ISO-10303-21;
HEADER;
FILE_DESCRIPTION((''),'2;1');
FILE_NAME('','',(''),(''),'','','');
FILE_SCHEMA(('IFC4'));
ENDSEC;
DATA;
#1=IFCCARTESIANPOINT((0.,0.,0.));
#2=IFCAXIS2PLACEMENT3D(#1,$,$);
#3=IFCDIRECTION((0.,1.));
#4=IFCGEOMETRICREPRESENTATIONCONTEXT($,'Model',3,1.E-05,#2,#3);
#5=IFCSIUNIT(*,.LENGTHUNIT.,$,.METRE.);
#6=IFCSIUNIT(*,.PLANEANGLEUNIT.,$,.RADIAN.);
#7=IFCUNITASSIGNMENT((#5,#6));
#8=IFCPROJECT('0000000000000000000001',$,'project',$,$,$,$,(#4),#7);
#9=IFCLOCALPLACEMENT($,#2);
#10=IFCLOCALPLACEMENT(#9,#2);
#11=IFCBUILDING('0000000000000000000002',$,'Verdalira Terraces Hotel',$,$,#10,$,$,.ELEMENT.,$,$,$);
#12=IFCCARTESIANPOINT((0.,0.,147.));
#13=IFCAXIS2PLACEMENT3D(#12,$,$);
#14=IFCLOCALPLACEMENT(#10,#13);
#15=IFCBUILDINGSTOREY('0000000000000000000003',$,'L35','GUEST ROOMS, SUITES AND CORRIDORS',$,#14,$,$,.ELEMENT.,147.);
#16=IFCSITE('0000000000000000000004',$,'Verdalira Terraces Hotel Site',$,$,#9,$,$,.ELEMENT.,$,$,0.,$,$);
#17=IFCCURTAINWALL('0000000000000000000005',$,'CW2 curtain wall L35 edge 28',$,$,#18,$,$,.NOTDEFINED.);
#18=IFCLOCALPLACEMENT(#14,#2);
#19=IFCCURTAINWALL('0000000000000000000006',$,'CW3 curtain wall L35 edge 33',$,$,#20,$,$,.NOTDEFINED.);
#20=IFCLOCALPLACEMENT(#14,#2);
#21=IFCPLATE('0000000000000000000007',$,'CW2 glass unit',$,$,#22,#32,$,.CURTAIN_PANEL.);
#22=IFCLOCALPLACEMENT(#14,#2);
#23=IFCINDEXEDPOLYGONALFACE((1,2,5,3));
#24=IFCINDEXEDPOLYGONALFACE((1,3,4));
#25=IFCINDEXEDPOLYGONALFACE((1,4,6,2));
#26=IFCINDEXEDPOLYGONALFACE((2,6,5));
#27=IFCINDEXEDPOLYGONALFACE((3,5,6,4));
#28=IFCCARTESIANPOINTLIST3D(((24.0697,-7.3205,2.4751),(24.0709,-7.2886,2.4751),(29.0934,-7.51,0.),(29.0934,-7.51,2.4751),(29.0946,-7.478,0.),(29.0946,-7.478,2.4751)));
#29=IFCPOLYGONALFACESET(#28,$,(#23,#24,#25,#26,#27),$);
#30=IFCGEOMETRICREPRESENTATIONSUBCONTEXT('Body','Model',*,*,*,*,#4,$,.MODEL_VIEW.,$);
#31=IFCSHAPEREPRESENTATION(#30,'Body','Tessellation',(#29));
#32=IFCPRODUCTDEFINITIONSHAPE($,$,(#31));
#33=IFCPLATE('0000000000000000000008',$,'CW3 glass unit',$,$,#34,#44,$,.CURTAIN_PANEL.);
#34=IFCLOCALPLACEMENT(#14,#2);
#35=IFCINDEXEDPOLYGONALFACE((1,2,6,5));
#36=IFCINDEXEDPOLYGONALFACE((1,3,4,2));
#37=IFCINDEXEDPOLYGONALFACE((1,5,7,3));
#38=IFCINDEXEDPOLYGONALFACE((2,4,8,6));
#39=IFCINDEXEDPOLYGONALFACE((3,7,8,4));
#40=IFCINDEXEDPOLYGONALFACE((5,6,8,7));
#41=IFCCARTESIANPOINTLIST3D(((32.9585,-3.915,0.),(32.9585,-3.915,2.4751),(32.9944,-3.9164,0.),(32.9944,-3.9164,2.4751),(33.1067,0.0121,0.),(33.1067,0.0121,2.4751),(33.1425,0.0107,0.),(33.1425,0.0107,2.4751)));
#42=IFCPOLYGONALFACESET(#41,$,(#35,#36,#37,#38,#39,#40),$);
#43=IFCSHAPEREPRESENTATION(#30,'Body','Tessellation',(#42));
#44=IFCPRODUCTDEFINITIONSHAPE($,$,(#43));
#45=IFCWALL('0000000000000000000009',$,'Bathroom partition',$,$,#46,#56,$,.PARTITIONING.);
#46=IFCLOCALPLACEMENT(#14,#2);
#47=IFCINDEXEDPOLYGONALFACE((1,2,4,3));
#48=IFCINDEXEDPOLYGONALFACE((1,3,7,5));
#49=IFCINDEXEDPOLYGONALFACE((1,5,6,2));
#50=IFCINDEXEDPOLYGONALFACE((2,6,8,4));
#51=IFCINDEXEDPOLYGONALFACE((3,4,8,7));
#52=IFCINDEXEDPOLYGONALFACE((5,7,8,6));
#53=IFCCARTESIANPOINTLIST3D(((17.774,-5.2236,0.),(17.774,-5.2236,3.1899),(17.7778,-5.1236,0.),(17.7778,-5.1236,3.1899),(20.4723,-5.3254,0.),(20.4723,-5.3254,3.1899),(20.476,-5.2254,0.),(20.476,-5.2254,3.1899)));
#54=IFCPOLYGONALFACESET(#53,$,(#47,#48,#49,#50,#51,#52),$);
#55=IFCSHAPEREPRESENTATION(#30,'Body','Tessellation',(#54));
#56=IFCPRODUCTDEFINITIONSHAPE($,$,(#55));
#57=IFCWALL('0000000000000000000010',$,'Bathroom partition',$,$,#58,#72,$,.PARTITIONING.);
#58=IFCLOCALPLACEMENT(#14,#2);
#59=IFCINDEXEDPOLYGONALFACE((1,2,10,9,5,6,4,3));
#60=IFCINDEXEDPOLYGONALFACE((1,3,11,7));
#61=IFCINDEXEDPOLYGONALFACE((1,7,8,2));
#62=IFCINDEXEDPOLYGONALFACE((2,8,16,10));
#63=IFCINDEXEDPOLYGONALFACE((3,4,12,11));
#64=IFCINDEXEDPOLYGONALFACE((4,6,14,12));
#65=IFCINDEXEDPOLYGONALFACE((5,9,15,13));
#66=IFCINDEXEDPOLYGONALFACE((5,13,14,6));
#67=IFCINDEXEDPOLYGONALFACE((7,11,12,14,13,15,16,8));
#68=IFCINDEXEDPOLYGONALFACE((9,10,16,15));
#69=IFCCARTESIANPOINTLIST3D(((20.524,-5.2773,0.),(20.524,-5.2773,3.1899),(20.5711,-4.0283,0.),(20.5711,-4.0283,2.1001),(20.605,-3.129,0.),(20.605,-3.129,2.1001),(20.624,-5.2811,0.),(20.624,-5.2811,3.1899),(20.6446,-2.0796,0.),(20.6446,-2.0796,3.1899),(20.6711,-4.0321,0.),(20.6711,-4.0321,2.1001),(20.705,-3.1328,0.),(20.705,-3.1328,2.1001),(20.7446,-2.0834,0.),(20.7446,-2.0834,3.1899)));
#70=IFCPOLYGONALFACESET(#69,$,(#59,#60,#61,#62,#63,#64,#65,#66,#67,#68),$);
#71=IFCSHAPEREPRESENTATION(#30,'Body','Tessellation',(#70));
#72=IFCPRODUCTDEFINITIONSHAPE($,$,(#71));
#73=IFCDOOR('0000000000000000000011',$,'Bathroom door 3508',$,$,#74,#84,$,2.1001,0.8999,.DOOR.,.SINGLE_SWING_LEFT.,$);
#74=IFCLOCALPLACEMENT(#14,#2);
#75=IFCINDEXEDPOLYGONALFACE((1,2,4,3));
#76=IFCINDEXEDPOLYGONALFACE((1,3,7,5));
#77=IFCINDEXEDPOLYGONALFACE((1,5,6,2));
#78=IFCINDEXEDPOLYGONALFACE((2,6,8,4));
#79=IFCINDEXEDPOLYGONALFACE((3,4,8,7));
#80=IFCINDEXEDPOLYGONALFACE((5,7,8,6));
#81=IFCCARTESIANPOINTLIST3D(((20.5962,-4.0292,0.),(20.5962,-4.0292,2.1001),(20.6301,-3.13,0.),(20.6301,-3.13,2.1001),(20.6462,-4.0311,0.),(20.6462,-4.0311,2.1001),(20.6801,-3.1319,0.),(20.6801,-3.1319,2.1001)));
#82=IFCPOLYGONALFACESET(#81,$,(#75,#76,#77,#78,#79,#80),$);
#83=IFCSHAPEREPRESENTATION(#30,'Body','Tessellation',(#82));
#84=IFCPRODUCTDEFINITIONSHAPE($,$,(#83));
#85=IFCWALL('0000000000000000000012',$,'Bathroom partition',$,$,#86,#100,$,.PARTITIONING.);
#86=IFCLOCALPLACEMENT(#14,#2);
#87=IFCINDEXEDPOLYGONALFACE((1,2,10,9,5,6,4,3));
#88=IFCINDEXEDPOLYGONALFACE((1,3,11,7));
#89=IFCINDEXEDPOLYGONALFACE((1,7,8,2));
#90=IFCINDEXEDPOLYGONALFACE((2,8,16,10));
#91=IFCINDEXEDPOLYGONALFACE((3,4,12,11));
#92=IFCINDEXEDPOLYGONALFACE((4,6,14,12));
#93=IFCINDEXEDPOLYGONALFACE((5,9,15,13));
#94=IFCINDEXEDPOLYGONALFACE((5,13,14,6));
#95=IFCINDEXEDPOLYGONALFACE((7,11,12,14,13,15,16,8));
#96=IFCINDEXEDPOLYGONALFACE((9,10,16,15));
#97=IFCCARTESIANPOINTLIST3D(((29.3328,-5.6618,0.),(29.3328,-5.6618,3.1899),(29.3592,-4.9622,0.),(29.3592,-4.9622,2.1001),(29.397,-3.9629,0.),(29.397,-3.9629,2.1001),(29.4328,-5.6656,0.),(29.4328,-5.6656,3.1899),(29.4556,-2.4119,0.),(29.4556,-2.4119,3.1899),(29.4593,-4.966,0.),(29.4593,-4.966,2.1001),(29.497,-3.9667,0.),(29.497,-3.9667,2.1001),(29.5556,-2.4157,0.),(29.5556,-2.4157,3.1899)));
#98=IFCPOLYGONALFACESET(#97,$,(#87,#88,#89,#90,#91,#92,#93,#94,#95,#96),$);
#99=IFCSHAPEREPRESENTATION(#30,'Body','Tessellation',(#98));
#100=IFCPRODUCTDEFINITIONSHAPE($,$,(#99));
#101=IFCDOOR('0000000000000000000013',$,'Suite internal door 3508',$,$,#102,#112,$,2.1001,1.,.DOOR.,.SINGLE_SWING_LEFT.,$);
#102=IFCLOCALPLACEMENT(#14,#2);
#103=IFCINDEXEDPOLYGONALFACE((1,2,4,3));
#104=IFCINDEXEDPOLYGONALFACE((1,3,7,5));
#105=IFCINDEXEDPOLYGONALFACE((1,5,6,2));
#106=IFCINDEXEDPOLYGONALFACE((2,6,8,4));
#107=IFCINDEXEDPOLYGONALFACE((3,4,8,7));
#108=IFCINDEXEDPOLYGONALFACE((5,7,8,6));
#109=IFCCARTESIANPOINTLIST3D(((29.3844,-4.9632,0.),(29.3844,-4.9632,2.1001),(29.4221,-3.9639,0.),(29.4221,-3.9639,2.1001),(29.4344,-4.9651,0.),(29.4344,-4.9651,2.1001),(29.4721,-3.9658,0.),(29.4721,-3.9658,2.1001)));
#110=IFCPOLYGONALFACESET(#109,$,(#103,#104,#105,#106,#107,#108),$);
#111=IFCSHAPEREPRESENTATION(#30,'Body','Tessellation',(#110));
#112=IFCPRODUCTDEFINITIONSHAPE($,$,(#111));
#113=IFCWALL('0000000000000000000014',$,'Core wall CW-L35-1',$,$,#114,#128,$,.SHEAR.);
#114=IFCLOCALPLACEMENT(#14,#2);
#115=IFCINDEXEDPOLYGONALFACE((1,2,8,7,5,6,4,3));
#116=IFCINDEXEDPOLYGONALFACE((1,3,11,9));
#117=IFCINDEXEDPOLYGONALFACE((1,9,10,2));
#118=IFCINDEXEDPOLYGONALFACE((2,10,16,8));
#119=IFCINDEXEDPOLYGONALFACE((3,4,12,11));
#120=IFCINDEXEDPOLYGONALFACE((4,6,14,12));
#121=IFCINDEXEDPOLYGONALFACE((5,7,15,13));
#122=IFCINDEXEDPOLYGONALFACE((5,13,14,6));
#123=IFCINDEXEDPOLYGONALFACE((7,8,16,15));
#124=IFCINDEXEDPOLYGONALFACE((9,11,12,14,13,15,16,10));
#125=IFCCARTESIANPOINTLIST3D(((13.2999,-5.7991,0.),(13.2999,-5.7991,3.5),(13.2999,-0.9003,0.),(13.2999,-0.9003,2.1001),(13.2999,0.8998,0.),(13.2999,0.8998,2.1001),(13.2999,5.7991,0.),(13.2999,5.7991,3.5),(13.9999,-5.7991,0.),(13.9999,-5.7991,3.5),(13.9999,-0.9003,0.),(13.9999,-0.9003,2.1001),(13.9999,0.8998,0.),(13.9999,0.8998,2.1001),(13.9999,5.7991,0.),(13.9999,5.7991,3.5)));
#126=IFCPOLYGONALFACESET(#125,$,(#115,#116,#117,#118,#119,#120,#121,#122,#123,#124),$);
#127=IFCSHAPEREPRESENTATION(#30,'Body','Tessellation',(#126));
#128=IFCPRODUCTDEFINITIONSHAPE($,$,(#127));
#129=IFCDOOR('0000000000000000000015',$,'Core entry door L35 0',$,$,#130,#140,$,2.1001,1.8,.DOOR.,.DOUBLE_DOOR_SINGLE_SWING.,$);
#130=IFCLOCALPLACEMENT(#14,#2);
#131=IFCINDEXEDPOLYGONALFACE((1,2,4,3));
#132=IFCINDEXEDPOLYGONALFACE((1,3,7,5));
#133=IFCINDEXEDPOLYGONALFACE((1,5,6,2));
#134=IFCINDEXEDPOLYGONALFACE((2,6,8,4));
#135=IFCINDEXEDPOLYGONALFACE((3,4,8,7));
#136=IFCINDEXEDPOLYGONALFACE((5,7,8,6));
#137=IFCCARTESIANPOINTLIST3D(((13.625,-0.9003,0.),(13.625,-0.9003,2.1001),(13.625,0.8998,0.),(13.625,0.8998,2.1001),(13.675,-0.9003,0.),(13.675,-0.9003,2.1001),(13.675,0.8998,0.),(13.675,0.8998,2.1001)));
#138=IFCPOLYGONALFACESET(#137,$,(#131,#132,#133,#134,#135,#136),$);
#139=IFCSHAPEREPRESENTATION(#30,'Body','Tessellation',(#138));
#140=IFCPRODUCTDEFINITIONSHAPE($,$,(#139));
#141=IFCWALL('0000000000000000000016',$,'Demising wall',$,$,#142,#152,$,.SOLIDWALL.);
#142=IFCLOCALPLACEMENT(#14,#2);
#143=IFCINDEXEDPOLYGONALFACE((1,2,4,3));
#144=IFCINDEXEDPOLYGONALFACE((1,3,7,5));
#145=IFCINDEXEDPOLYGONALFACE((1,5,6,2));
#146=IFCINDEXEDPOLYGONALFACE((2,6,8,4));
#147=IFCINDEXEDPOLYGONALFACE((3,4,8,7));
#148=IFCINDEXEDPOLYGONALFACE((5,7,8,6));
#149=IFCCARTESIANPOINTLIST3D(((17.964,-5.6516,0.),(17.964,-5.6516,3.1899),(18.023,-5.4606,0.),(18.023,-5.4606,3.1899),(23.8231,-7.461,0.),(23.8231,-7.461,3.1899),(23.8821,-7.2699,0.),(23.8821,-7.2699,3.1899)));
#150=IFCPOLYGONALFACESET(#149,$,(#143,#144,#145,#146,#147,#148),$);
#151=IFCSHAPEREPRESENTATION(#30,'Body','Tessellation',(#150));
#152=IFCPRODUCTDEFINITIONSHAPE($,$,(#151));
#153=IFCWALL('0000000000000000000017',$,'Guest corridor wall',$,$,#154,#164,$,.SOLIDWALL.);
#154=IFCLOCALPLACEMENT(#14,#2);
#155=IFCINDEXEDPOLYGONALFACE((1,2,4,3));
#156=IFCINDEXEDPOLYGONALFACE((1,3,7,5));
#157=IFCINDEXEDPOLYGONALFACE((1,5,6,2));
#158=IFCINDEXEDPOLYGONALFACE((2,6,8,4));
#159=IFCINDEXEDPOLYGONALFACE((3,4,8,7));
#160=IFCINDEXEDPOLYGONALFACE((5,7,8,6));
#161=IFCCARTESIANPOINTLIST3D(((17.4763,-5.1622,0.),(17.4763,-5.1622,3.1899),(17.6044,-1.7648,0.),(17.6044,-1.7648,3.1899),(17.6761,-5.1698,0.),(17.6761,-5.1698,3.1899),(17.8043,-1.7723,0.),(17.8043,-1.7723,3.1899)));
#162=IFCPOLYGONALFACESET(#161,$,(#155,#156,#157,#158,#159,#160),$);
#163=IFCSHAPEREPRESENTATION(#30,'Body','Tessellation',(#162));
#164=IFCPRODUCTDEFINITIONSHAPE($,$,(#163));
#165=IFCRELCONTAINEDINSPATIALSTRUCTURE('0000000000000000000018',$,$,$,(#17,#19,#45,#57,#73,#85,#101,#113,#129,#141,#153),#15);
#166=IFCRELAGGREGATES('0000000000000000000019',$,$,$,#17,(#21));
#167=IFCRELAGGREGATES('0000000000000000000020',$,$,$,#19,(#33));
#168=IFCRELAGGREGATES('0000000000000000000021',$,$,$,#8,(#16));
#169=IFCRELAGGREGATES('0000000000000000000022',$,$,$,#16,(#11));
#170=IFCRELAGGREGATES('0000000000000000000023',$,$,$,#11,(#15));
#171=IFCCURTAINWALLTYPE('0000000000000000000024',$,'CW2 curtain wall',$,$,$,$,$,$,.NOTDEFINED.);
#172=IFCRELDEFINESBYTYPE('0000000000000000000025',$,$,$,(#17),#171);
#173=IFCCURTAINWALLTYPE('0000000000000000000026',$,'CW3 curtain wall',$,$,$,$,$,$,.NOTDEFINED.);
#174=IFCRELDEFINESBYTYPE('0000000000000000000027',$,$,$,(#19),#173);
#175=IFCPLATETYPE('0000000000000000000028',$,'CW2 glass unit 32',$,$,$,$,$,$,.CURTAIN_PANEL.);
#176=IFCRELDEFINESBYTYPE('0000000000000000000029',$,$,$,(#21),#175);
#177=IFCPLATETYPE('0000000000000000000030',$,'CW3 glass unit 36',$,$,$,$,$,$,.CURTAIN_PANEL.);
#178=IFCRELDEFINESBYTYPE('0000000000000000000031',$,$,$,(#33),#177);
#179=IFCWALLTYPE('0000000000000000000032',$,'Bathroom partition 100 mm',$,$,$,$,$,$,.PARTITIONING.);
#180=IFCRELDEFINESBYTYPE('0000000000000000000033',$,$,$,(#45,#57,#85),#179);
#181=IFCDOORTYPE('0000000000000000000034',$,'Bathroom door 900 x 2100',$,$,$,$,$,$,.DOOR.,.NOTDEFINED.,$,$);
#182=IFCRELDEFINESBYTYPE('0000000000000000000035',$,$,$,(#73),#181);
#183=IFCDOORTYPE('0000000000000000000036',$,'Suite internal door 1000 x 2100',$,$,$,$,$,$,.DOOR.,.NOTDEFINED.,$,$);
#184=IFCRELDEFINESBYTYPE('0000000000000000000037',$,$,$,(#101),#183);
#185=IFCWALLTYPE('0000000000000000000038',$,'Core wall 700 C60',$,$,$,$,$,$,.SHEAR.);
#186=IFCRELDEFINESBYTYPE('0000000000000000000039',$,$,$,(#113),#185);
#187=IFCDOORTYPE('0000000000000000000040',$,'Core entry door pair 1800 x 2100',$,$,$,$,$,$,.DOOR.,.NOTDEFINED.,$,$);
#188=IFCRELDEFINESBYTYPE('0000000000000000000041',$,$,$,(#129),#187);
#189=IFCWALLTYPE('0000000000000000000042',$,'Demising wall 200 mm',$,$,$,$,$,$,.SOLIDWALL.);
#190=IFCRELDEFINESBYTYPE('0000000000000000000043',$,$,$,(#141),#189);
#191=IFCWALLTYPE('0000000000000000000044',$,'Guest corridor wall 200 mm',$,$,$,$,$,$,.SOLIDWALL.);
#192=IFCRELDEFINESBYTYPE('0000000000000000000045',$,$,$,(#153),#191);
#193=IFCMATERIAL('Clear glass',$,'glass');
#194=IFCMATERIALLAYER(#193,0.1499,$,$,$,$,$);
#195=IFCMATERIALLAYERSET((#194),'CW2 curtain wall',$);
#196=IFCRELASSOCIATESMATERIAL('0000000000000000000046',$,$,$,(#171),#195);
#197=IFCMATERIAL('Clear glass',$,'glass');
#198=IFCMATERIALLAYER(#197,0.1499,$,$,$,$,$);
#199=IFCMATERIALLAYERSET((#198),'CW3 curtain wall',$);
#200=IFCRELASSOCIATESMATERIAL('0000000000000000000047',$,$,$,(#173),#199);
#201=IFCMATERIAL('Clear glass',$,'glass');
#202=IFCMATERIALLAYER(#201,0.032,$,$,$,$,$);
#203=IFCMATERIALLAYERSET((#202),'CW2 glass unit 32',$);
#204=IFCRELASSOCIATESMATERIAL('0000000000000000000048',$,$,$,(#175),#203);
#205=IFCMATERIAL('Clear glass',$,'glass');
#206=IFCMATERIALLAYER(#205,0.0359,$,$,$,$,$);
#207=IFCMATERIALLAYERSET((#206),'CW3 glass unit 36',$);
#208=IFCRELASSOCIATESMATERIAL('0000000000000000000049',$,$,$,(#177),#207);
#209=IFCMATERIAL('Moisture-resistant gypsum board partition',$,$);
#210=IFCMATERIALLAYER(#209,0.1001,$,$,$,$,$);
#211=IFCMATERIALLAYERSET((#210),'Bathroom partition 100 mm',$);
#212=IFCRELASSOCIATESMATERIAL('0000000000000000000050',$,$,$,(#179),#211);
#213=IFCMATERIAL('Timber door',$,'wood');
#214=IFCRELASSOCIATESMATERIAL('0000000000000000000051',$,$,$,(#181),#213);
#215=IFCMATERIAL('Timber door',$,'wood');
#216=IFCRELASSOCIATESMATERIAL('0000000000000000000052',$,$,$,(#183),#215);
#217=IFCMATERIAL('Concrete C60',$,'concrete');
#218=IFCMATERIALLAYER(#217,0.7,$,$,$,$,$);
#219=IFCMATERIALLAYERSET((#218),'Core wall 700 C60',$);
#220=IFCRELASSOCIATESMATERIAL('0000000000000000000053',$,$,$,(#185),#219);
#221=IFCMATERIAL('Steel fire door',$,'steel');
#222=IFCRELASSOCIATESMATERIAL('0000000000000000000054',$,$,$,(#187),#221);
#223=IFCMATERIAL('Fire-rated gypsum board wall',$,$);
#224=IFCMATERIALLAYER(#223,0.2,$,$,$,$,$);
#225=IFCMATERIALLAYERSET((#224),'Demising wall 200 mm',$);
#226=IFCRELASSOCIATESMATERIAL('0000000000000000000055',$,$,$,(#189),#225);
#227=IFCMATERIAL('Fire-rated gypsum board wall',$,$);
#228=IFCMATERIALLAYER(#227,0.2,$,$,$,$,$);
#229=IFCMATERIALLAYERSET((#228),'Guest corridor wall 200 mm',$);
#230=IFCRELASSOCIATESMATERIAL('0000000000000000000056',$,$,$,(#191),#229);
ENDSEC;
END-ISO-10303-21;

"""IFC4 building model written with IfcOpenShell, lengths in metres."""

from ifc_helpers import new_model, si_unit, direction, frame, frame_2d, origin, origin_2d, place, context, subcontext, project, spatial, polyline, rectangle, outline, extrude, material, layer, layer_set, type_object, element, fill, aggregate, save


model = new_model("IFC4")

# Units and contexts
model_context = context("Model", 3, precision=1e-05, world=origin(), true_north=direction((0.0, 1.0)))
body_context = subcontext(model_context, "Body", "Model", "MODEL_VIEW")
ifc_project = project(units=[si_unit("LENGTHUNIT", "METRE"), si_unit("PLANEANGLEUNIT", "RADIAN")], contexts=[model_context])

# Site, building, storey
site_placement = place(None, origin())
site = spatial("IfcSite", under=ifc_project, at=site_placement, Name="Verdalira Terraces Hotel Site", CompositionType="ELEMENT", RefElevation=0.0)
building_placement = place(site_placement, origin())
building = spatial("IfcBuilding", under=site, at=building_placement, Name="Verdalira Terraces Hotel", CompositionType="ELEMENT")
storey_placement = place(building_placement, frame((0.0, 0.0, 147.0)))
storey = spatial("IfcBuildingStorey", under=building, at=storey_placement, Name="L35", Description="GUEST ROOMS, SUITES AND CORRIDORS", CompositionType="ELEMENT", Elevation=147.0)

# Curtain walls
ifc_material_1 = material(Name="Clear glass", Category="glass")
ifc_layer_1 = layer(ifc_material_1, 0.1499)
ifc_layer_set_1 = layer_set([ifc_layer_1], Name="CW2 curtain wall")
curtain_wall_type_1 = type_object("IfcCurtainWallType", Name="CW2 curtain wall", PredefinedType="NOTDEFINED", material=ifc_layer_set_1)
curtain_wall_1_placement = place(storey_placement, origin())
curtain_wall_1 = element("IfcCurtainWall", 1, at=curtain_wall_1_placement, inside=storey, type_object=curtain_wall_type_1, Name="CW2 curtain wall L35 edge 28", PredefinedType="NOTDEFINED")
ifc_material_2 = material(Name="Clear glass", Category="glass")
ifc_layer_2 = layer(ifc_material_2, 0.1499)
ifc_layer_set_2 = layer_set([ifc_layer_2], Name="CW3 curtain wall")
curtain_wall_type_2 = type_object("IfcCurtainWallType", Name="CW3 curtain wall", PredefinedType="NOTDEFINED", material=ifc_layer_set_2)
curtain_wall_2_placement = place(storey_placement, origin())
curtain_wall_2 = element("IfcCurtainWall", 2, at=curtain_wall_2_placement, inside=storey, type_object=curtain_wall_type_2, Name="CW3 curtain wall L35 edge 33", PredefinedType="NOTDEFINED")

# Plates
ifc_material_3 = material(Name="Clear glass", Category="glass")
ifc_layer_3 = layer(ifc_material_3, 0.032)
ifc_layer_set_3 = layer_set([ifc_layer_3], Name="CW2 glass unit 32")
plate_type_1 = type_object("IfcPlateType", Name="CW2 glass unit 32", PredefinedType="CURTAIN_PANEL", material=ifc_layer_set_3)
plate_1_placement = place(storey_placement, frame((26.5828, -7.3833, 1.2375), z_axis=(-0.03769, -0.999289, 0.0), x_axis=(0.999289, -0.03769, 0.0)))
plate_1 = element("IfcPlate", 3, at=plate_1_placement, type_object=plate_type_1, Name="CW2 glass unit", PredefinedType="CURTAIN_PANEL", context=body_context, shape_type="SweptSolid", body=[
    extrude(outline(polyline([(2.5137, -1.2375), (2.5137, 1.2375), (-2.5137, 1.2375), (2.5137, -1.2375)])), origin(), (0.0, 0.0, 1.0), 0.032),
])
aggregate(curtain_wall_1, [plate_1])
ifc_material_4 = material(Name="Clear glass", Category="glass")
ifc_layer_4 = layer(ifc_material_4, 0.0359)
ifc_layer_set_4 = layer_set([ifc_layer_4], Name="CW3 glass unit 36")
plate_type_2 = type_object("IfcPlateType", Name="CW3 glass unit 36", PredefinedType="CURTAIN_PANEL", material=ifc_layer_set_4)
plate_2_placement = place(storey_placement, frame((33.0505, -1.9521, 0.0), z_axis=(0.0, 0.0, 1.0), x_axis=(0.03769, 0.999289, 0.0)))
plate_2 = element("IfcPlate", 4, at=plate_2_placement, type_object=plate_type_2, Name="CW3 glass unit", PredefinedType="CURTAIN_PANEL", context=body_context, shape_type="SweptSolid", body=[
    extrude(rectangle(XDim=3.9299, YDim=0.0359, at=origin_2d()), origin(), (0.0, 0.0, 1.0), 2.4751),
])
aggregate(curtain_wall_2, [plate_2])

# Wall
ifc_material_5 = material(Name="Moisture-resistant gypsum board partition")
ifc_layer_5 = layer(ifc_material_5, 0.1001)
ifc_layer_set_5 = layer_set([ifc_layer_5], Name="Bathroom partition 100 mm")
wall_type_1 = type_object("IfcWallType", Name="Bathroom partition 100 mm", PredefinedType="PARTITIONING", material=ifc_layer_set_5)
wall_1_placement = place(storey_placement, frame((17.7759, -5.1736, 0.0), z_axis=(0.0, 0.0, 1.0), x_axis=(0.999289, -0.037704, 0.0)))
element("IfcWall", 5, at=wall_1_placement, inside=storey, type_object=wall_type_1, Name="Bathroom partition", PredefinedType="PARTITIONING", context=body_context, shape_type="SweptSolid", body=[
    extrude(rectangle(XDim=2.7002, YDim=0.1001, at=frame_2d((1.3501, 0.0))), origin(), (0.0, 0.0, 1.0), 3.1899),
])

# Walls, openings, doors
wall_2_placement = place(storey_placement, frame((20.574, -5.2793, 0.0), z_axis=(0.0, 0.0, 1.0), x_axis=(0.037689, 0.99929, 0.0)))
wall_2 = element("IfcWall", 6, at=wall_2_placement, inside=storey, type_object=wall_type_1, Name="Bathroom partition", PredefinedType="PARTITIONING", context=body_context, shape_type="SweptSolid", body=[
    extrude(rectangle(XDim=3.2, YDim=0.1001, at=frame_2d((1.6001, 0.0))), origin(), (0.0, 0.0, 1.0), 3.1899),
])
opening_1_placement = place(wall_2_placement, frame((1.25, 0.0, 0.0)))
opening_1 = element("IfcOpeningElement", 7, at=opening_1_placement, cuts=wall_2, PredefinedType="OPENING", context=body_context, shape_type="SweptSolid", body=[
    extrude(rectangle(XDim=0.8999, YDim=2.1001, at=frame_2d((0.45, 1.05))), frame((0.0, 0.0601, 0.0), z_axis=(0.0, -1.0, 0.0), x_axis=(1.0, 0.0, 0.0)), (0.0, 0.0, 1.0), 0.1201),
])
ifc_material_6 = material(Name="Timber door", Category="wood")
door_type_1 = type_object("IfcDoorType", Name="Bathroom door 900 x 2100", OperationType="NOTDEFINED", PredefinedType="DOOR", material=ifc_material_6)
door_1_placement = place(opening_1_placement, origin())
door_1 = element("IfcDoor", 8, at=door_1_placement, inside=storey, type_object=door_type_1, Name="Bathroom door 3508", OperationType="SINGLE_SWING_LEFT", OverallHeight=2.1001, OverallWidth=0.8999, PredefinedType="DOOR", context=body_context, shape_type="SweptSolid", body=[
    extrude(rectangle(XDim=0.8999, YDim=2.1001, at=frame_2d((0.45, 1.05))), frame((0.0, 0.0249, 0.0), z_axis=(0.0, -1.0, 0.0), x_axis=(1.0, 0.0, 0.0)), (0.0, 0.0, 1.0), 0.05),
])
fill(opening_1, door_1)
wall_3_placement = place(storey_placement, frame((29.3828, -5.6636, 0.0), z_axis=(0.0, 0.0, 1.0), x_axis=(0.037761, 0.999287, 0.0)))
wall_3 = element("IfcWall", 9, at=wall_3_placement, inside=storey, type_object=wall_type_1, Name="Bathroom partition", PredefinedType="PARTITIONING", context=body_context, shape_type="SweptSolid", body=[
    extrude(rectangle(XDim=3.2522, YDim=0.1001, at=frame_2d((1.626, 0.0))), origin(), (0.0, 0.0, 1.0), 3.1899),
])
opening_2_placement = place(wall_3_placement, frame((0.7, 0.0, 0.0)))
opening_2 = element("IfcOpeningElement", 10, at=opening_2_placement, cuts=wall_3, PredefinedType="OPENING", context=body_context, shape_type="SweptSolid", body=[
    extrude(rectangle(XDim=1.0, YDim=2.1001, at=frame_2d((0.5, 1.05))), frame((0.0, 0.0601, 0.0), z_axis=(0.0, -1.0, 0.0), x_axis=(1.0, 0.0, 0.0)), (0.0, 0.0, 1.0), 0.1201),
])
ifc_material_7 = material(Name="Timber door", Category="wood")
door_type_2 = type_object("IfcDoorType", Name="Suite internal door 1000 x 2100", OperationType="NOTDEFINED", PredefinedType="DOOR", material=ifc_material_7)
door_2_placement = place(opening_2_placement, origin())
door_2 = element("IfcDoor", 11, at=door_2_placement, inside=storey, type_object=door_type_2, Name="Suite internal door 3508", OperationType="SINGLE_SWING_LEFT", OverallHeight=2.1001, OverallWidth=1.0, PredefinedType="DOOR", context=body_context, shape_type="SweptSolid", body=[
    extrude(rectangle(XDim=1.0, YDim=2.1001, at=frame_2d((0.5, 1.05))), frame((0.0, 0.0249, 0.0), z_axis=(0.0, -1.0, 0.0), x_axis=(1.0, 0.0, 0.0)), (0.0, 0.0, 1.0), 0.05),
])
fill(opening_2, door_2)
ifc_material_8 = material(Name="Concrete C60", Category="concrete")
ifc_layer_6 = layer(ifc_material_8, 0.7)
ifc_layer_set_6 = layer_set([ifc_layer_6], Name="Core wall 700 C60")
wall_type_2 = type_object("IfcWallType", Name="Core wall 700 C60", PredefinedType="SHEAR", material=ifc_layer_set_6)
wall_4_placement = place(storey_placement, frame((13.6499, -5.7991, 0.0), z_axis=(0.0, 0.0, 1.0), x_axis=(0.0, 1.0, 0.0)))
wall_4 = element("IfcWall", 12, at=wall_4_placement, inside=storey, type_object=wall_type_2, Name="Core wall CW-L35-1", PredefinedType="SHEAR", context=body_context, shape_type="SweptSolid", body=[
    extrude(rectangle(XDim=11.5981, YDim=0.7, at=frame_2d((5.7991, 0.0))), origin(), (0.0, 0.0, 1.0), 3.5),
])
opening_3_placement = place(wall_4_placement, frame((4.8989, 0.0, 0.0)))
opening_3 = element("IfcOpeningElement", 13, at=opening_3_placement, cuts=wall_4, PredefinedType="OPENING", context=body_context, shape_type="SweptSolid", body=[
    extrude(rectangle(XDim=1.8, YDim=2.1001, at=frame_2d((0.8999, 1.05))), frame((0.0, 0.3599, 0.0), z_axis=(0.0, -1.0, 0.0), x_axis=(1.0, 0.0, 0.0)), (0.0, 0.0, 1.0), 0.72),
])
ifc_material_9 = material(Name="Steel fire door", Category="steel")
door_type_3 = type_object("IfcDoorType", Name="Core entry door pair 1800 x 2100", OperationType="NOTDEFINED", PredefinedType="DOOR", material=ifc_material_9)
door_3_placement = place(opening_3_placement, origin())
door_3 = element("IfcDoor", 14, at=door_3_placement, inside=storey, type_object=door_type_3, Name="Core entry door L35 0", OperationType="DOUBLE_DOOR_SINGLE_SWING", OverallHeight=2.1001, OverallWidth=1.8, PredefinedType="DOOR", context=body_context, shape_type="SweptSolid", body=[
    extrude(rectangle(XDim=1.8, YDim=2.1001, at=frame_2d((0.8999, 1.05))), frame((0.0, 0.0249, 0.0), z_axis=(0.0, -1.0, 0.0), x_axis=(1.0, 0.0, 0.0)), (0.0, 0.0, 1.0), 0.05),
])
fill(opening_3, door_3)

# Walls
ifc_material_10 = material(Name="Fire-rated gypsum board wall")
ifc_layer_7 = layer(ifc_material_10, 0.2)
ifc_layer_set_7 = layer_set([ifc_layer_7], Name="Demising wall 200 mm")
wall_type_3 = type_object("IfcWallType", Name="Demising wall 200 mm", PredefinedType="SOLIDWALL", material=ifc_layer_set_7)
wall_5_placement = place(storey_placement, frame((17.9937, -5.5562, 0.0), z_axis=(0.0, 0.0, 1.0), x_axis=(0.95548, -0.295056, 0.0)))
element("IfcWall", 15, at=wall_5_placement, inside=storey, type_object=wall_type_3, Name="Demising wall", PredefinedType="SOLIDWALL", context=body_context, shape_type="SweptSolid", body=[
    extrude(rectangle(XDim=6.1321, YDim=0.2, at=frame_2d((3.0659, 0.0))), origin(), (0.0, 0.0, 1.0), 3.1899),
])
ifc_material_11 = material(Name="Fire-rated gypsum board wall")
ifc_layer_8 = layer(ifc_material_11, 0.2)
ifc_layer_set_8 = layer_set([ifc_layer_8], Name="Guest corridor wall 200 mm")
wall_type_4 = type_object("IfcWallType", Name="Guest corridor wall 200 mm", PredefinedType="SOLIDWALL", material=ifc_layer_set_8)
wall_6_placement = place(storey_placement, frame((17.5762, -5.166, 0.0), z_axis=(0.0, 0.0, 1.0), x_axis=(0.0377, 0.999289, 0.0)))
element("IfcWall", 16, at=wall_6_placement, inside=storey, type_object=wall_type_4, Name="Guest corridor wall", PredefinedType="SOLIDWALL", context=body_context, shape_type="SweptSolid", body=[
    extrude(rectangle(XDim=3.3999, YDim=0.2, at=frame_2d((1.7, 0.0))), origin(), (0.0, 0.0, 1.0), 3.1899),
])

save(model, "model.ifc")
